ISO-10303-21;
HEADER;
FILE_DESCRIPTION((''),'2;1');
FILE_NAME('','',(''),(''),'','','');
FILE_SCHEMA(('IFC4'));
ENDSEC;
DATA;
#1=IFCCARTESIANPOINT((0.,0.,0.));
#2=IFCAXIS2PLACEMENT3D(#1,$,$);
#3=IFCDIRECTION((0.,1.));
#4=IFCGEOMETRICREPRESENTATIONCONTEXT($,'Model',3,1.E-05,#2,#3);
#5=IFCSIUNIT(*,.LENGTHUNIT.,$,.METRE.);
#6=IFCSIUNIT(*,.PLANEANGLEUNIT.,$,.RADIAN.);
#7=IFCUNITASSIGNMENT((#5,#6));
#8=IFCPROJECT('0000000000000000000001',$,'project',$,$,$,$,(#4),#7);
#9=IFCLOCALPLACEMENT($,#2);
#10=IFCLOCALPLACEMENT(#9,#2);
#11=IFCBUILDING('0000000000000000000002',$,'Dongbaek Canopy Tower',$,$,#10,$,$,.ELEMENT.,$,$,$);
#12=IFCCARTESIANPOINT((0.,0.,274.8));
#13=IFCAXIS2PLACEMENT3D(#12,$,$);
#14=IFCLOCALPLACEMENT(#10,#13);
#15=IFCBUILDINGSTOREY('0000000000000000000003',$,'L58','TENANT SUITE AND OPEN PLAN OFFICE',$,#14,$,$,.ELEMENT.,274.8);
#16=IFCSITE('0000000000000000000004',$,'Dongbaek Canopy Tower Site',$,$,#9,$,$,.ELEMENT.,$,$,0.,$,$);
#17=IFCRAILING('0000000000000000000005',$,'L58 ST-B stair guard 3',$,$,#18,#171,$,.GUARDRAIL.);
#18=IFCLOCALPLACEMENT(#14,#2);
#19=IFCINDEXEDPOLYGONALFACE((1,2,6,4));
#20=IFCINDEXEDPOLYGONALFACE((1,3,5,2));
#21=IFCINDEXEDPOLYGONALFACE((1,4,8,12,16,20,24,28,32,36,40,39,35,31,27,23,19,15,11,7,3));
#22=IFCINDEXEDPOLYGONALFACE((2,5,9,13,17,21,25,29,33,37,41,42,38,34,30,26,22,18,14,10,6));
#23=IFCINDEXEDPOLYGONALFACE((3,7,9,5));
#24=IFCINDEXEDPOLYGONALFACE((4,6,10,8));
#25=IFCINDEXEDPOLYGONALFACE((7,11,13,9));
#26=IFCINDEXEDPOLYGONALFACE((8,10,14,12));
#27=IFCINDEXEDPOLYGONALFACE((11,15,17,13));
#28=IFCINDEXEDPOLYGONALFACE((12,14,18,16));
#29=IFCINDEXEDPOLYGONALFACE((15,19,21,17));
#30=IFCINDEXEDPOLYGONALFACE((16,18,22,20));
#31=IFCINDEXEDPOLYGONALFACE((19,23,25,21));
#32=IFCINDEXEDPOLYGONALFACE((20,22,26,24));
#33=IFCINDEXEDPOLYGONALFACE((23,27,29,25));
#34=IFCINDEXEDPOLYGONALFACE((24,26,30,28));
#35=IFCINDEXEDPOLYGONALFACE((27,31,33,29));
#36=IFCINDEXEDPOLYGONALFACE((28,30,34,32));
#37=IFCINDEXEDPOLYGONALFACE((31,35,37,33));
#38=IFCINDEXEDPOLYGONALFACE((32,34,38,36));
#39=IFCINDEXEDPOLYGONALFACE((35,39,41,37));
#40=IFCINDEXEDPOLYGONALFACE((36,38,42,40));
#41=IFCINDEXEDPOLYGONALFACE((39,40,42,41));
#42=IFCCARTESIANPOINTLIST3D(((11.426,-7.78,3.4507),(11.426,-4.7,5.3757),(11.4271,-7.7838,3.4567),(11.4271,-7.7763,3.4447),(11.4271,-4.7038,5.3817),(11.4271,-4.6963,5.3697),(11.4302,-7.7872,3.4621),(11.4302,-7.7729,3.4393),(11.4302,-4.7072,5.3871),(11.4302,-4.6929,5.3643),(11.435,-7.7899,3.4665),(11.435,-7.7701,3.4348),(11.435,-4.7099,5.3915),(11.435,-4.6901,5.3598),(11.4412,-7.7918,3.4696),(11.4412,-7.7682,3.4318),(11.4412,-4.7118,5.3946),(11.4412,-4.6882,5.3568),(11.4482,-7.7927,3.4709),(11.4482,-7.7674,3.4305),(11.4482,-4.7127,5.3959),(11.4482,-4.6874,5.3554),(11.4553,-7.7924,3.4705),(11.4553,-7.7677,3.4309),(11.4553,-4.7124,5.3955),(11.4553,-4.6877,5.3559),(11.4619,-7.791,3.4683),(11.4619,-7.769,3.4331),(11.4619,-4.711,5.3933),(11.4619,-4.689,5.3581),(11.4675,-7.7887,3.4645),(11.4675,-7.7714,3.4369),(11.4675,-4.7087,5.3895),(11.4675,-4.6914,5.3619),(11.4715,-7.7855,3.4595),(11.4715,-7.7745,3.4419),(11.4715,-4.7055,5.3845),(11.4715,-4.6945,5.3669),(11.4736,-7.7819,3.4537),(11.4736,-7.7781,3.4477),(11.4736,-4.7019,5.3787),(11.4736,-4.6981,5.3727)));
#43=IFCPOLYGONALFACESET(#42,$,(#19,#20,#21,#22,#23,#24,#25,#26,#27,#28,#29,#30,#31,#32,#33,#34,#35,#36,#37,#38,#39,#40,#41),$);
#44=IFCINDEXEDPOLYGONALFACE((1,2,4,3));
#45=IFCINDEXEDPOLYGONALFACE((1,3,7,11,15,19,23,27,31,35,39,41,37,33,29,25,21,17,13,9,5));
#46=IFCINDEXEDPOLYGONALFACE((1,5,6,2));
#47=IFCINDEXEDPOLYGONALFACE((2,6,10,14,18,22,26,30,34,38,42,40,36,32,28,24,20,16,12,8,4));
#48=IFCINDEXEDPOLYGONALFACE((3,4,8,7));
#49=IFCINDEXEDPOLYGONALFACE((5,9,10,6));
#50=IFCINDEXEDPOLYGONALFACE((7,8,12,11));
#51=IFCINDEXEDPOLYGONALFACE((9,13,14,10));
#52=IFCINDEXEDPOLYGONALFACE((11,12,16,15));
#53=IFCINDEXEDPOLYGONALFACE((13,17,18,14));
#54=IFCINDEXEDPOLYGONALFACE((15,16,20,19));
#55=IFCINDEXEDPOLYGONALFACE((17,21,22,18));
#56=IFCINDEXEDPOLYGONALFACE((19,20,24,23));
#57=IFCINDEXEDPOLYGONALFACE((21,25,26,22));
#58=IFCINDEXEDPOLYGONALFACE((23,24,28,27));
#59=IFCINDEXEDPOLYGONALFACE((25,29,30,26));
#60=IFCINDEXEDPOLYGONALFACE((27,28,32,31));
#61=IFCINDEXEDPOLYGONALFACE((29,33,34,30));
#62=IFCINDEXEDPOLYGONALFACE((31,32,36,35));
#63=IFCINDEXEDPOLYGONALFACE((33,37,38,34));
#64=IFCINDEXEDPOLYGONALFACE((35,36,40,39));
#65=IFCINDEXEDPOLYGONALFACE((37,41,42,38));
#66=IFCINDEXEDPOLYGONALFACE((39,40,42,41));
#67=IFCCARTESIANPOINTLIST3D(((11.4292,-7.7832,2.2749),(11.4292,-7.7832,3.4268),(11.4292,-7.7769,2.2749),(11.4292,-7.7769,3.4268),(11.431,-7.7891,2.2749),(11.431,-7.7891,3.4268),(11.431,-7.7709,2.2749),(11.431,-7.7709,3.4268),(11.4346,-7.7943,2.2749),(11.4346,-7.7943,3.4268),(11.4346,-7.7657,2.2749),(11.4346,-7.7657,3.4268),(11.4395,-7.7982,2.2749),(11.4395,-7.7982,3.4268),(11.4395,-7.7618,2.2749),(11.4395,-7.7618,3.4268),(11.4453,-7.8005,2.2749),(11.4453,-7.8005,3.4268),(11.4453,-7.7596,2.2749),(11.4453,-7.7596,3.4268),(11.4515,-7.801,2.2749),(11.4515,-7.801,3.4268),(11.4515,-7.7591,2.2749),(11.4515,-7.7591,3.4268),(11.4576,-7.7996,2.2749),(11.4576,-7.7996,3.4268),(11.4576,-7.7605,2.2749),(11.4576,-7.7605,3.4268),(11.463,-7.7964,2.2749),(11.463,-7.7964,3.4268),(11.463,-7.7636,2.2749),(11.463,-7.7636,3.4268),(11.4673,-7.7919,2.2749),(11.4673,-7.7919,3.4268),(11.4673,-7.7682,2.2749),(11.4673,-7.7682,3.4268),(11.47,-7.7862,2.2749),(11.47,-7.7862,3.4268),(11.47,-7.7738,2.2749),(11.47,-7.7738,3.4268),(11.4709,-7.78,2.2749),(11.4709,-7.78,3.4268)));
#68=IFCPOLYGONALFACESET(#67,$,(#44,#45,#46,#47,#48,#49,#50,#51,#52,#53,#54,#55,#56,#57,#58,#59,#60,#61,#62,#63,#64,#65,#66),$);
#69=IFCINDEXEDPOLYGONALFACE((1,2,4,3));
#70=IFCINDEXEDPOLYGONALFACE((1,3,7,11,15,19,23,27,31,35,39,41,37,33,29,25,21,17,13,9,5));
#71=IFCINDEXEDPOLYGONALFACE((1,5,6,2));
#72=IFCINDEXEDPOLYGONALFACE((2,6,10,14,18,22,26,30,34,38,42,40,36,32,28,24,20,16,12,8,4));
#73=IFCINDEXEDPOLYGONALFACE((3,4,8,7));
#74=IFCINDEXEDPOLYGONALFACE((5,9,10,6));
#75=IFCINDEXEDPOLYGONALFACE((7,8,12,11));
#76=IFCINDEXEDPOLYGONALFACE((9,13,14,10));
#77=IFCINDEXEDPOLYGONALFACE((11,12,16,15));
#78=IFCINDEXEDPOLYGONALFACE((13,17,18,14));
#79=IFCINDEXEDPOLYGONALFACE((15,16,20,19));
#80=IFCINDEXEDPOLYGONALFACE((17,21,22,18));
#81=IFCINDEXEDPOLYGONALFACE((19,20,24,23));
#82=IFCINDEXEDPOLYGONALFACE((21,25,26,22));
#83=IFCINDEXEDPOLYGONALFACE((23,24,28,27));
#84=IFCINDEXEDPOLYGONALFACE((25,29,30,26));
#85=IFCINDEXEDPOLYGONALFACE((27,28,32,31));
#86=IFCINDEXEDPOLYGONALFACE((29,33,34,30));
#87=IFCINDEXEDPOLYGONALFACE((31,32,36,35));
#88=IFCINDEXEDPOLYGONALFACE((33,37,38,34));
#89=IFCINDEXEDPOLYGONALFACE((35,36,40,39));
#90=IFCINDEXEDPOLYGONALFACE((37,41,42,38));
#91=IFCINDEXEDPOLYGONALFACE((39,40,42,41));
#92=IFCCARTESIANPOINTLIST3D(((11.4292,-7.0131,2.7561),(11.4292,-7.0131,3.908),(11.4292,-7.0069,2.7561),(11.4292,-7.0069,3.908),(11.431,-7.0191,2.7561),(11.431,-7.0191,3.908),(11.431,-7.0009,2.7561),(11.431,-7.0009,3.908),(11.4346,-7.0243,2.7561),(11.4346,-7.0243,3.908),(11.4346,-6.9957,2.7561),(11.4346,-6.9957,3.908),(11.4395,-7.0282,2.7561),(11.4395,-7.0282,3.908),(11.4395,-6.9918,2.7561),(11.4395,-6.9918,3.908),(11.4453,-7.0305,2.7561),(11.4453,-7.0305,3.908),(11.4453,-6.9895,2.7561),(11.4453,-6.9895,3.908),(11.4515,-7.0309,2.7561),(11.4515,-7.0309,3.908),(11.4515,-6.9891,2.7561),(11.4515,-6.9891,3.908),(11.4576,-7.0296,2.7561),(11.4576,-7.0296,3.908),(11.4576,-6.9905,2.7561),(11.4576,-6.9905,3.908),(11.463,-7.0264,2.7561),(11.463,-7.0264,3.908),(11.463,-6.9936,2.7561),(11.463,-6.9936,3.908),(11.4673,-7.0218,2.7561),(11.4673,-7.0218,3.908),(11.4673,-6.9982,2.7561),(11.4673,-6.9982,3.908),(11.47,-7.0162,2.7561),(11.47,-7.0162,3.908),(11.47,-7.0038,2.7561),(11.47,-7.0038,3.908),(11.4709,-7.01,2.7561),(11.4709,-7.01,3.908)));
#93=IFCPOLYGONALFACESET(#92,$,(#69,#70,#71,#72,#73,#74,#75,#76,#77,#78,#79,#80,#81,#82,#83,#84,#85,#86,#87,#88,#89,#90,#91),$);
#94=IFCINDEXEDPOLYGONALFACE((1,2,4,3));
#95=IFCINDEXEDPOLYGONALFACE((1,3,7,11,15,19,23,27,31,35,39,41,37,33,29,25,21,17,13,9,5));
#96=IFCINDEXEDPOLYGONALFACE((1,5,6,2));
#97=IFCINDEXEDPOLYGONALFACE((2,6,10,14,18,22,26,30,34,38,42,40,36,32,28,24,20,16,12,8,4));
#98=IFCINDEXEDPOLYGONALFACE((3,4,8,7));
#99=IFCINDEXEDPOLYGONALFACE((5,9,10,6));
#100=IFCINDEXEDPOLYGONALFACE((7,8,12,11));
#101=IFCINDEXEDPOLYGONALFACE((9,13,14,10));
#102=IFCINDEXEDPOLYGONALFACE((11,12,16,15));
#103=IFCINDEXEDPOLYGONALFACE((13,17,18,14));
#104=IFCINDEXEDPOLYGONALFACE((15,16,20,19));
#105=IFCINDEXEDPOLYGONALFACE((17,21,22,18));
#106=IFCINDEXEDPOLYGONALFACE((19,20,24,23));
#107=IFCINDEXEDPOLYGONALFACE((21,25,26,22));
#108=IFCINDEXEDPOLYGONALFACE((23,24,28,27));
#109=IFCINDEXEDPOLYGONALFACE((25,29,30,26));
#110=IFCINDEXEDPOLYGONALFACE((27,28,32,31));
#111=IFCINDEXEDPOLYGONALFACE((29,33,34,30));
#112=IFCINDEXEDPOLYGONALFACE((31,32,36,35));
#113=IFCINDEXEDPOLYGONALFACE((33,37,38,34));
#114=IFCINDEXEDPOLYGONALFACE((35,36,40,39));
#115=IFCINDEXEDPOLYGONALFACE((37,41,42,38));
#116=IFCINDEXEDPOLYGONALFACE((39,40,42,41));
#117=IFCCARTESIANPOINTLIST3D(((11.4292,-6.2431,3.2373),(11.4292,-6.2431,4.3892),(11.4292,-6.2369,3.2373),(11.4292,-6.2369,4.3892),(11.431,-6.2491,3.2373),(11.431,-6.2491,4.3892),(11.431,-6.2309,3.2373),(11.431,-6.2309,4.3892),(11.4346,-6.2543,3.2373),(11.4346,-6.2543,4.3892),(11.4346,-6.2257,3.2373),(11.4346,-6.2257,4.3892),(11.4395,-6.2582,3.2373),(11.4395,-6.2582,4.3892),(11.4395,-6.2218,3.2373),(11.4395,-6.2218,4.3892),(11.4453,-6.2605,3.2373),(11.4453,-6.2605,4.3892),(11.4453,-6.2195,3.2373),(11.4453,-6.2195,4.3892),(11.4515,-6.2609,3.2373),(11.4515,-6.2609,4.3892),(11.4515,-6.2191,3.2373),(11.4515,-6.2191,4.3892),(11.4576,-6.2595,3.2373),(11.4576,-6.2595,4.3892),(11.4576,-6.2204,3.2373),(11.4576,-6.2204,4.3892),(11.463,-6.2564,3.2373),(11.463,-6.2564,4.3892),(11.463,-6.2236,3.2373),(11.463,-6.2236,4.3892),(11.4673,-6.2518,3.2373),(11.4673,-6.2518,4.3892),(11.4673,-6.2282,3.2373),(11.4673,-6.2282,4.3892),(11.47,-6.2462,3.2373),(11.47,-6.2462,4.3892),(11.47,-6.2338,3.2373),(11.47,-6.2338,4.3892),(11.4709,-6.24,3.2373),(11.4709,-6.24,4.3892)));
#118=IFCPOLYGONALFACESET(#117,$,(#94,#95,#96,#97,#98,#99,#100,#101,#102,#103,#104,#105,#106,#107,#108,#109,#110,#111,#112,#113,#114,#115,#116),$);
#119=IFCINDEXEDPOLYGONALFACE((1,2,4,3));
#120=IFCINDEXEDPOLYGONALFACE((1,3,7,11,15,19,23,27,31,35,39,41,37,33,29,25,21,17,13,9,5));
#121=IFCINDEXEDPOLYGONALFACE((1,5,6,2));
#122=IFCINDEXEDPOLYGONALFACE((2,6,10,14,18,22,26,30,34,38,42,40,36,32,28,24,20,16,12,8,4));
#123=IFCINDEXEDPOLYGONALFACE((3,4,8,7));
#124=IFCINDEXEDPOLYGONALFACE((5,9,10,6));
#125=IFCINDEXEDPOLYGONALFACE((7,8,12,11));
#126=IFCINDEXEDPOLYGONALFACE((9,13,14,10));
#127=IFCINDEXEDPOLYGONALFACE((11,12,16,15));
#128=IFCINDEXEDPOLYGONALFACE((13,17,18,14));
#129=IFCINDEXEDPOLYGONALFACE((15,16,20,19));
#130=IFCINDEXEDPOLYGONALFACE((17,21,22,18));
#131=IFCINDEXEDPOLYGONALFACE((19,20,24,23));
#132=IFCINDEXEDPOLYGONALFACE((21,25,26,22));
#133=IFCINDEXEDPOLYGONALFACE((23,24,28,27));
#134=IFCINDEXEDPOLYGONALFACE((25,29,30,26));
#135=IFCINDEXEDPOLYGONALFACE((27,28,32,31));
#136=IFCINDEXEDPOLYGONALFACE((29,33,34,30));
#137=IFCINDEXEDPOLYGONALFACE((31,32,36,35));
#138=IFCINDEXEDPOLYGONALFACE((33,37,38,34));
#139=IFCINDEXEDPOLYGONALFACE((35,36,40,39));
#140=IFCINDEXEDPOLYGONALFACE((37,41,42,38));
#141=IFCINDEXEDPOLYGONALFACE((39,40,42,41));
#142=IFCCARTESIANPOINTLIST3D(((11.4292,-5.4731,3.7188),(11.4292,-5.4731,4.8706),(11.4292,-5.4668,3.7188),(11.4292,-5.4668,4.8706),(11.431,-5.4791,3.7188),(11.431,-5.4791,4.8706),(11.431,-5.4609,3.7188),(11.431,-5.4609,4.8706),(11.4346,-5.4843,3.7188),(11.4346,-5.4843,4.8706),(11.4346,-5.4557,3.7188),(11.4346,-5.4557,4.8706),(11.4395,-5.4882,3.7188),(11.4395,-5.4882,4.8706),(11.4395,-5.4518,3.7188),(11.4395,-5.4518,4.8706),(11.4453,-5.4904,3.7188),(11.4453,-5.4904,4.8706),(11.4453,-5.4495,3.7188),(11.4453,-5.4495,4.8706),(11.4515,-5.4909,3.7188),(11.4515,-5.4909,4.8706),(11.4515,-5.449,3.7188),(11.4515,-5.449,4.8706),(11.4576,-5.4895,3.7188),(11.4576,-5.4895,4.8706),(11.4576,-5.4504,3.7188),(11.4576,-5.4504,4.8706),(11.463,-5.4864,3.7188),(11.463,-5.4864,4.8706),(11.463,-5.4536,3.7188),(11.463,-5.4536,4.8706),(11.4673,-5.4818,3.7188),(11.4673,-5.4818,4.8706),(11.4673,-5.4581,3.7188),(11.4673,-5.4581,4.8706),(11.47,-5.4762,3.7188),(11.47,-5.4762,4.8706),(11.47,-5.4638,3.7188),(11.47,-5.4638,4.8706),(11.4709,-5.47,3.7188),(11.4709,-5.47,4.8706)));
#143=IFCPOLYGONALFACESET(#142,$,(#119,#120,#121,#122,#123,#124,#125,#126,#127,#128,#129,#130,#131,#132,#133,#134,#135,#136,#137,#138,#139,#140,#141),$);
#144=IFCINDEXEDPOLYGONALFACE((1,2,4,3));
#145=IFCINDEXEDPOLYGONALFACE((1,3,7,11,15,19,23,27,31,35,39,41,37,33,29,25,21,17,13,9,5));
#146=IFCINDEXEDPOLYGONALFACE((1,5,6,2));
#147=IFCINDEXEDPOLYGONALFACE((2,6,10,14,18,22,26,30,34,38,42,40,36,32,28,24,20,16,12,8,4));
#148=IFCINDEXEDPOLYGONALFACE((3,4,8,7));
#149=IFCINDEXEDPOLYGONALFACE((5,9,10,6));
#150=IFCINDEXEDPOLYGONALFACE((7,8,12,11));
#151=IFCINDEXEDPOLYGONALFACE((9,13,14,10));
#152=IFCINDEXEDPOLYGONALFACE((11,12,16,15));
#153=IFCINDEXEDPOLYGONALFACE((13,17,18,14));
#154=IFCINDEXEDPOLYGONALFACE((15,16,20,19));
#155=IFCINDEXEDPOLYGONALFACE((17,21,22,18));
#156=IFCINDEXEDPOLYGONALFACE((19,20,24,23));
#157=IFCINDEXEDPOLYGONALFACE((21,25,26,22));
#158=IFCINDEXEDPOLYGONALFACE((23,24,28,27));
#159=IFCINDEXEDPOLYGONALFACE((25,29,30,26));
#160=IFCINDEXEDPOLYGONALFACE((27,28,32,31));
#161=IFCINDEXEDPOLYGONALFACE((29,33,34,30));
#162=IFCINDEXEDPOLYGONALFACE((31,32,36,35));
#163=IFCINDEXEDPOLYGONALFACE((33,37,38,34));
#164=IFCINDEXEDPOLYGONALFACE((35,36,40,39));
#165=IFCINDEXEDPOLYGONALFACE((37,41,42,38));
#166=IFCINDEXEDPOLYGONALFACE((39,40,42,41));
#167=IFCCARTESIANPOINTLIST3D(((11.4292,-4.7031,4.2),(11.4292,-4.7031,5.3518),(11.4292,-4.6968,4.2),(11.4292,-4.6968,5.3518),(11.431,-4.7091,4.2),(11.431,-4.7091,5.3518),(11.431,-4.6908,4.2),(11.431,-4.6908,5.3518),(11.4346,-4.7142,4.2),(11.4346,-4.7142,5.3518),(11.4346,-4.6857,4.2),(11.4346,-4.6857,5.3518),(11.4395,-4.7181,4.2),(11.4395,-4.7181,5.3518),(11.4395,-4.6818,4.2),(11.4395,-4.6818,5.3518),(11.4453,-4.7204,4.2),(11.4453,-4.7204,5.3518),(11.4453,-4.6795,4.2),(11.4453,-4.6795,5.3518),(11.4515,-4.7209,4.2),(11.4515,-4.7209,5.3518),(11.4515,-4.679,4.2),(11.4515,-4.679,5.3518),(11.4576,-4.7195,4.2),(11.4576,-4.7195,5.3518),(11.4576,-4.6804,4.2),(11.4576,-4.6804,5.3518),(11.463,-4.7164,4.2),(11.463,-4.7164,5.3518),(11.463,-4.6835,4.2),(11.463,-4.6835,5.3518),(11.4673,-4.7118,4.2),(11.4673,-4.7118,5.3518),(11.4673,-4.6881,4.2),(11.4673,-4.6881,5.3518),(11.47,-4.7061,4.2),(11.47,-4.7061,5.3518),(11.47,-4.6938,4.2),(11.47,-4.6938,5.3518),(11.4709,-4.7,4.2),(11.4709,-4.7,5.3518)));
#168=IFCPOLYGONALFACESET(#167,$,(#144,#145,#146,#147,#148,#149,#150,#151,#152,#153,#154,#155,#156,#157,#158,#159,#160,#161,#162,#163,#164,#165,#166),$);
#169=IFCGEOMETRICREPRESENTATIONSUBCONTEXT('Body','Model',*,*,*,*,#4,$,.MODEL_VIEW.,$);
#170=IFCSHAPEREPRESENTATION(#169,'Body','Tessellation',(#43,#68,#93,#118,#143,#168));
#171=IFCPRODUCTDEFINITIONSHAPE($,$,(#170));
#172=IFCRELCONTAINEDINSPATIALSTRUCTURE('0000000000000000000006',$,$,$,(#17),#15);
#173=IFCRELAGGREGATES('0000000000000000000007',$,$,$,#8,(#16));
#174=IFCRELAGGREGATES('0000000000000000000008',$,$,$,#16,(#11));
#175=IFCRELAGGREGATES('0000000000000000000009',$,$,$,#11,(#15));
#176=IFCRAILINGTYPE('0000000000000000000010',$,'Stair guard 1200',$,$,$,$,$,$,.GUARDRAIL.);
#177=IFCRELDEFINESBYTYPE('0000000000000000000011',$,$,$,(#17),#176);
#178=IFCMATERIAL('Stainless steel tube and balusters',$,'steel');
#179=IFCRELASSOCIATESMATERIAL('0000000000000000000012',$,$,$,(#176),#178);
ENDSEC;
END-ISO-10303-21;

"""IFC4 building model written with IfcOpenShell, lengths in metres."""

from ifc_helpers import new_model, si_unit, direction, frame, origin, origin_2d, place, context, subcontext, project, spatial, circle, extrude, material, type_object, element, save


model = new_model("IFC4")

# Units and contexts
model_context = context("Model", 3, precision=1e-05, world=origin(), true_north=direction((0.0, 1.0)))
body_context = subcontext(model_context, "Body", "Model", "MODEL_VIEW")
ifc_project = project(units=[si_unit("LENGTHUNIT", "METRE"), si_unit("PLANEANGLEUNIT", "RADIAN")], contexts=[model_context])

# Site, building, storey
site_placement = place(None, origin())
site = spatial("IfcSite", under=ifc_project, at=site_placement, Name="Dongbaek Canopy Tower Site", CompositionType="ELEMENT", RefElevation=0.0)
building_placement = place(site_placement, origin())
building = spatial("IfcBuilding", under=site, at=building_placement, Name="Dongbaek Canopy Tower", CompositionType="ELEMENT")
storey_placement = place(building_placement, frame((0.0, 0.0, 274.8)))
storey = spatial("IfcBuildingStorey", under=building, at=storey_placement, Name="L58", Description="TENANT SUITE AND OPEN PLAN OFFICE", CompositionType="ELEMENT", Elevation=274.8)

# Railing
ifc_material_1 = material(Name="Stainless steel tube and balusters", Category="steel")
railing_type_1 = type_object("IfcRailingType", Name="Stair guard 1200", PredefinedType="GUARDRAIL", material=ifc_material_1)
railing_1_placement = place(storey_placement, frame((11.45, -7.78, 2.2749)))
element("IfcRailing", 1, at=railing_1_placement, inside=storey, type_object=railing_type_1, Name="L58 ST-B stair guard 3", PredefinedType="GUARDRAIL", context=body_context, shape_type="SweptSolid", body=[
    extrude(circle(Radius=0.0239, at=origin_2d()), frame((0.0, 0.0, 1.1758), z_axis=(0.0, 0.847998, 0.529999), x_axis=(-1.0, 0.0, 0.0)), (0.0, 0.0, 1.0), 3.6321),
    extrude(circle(Radius=0.021, at=origin_2d()), origin(), (0.0, 0.0, 1.0), 1.1519),
    extrude(circle(Radius=0.021, at=origin_2d()), frame((0.0, 0.77, 0.4812)), (0.0, 0.0, 1.0), 1.1519),
    extrude(circle(Radius=0.021, at=origin_2d()), frame((0.0, 1.54, 0.9624)), (0.0, 0.0, 1.0), 1.1519),
    extrude(circle(Radius=0.021, at=origin_2d()), frame((0.0, 2.3101, 1.4438)), (0.0, 0.0, 1.0), 1.1519),
    extrude(circle(Radius=0.021, at=origin_2d()), frame((0.0, 3.0801, 1.925)), (0.0, 0.0, 1.0), 1.1519),
])

save(model, "model.ifc")
